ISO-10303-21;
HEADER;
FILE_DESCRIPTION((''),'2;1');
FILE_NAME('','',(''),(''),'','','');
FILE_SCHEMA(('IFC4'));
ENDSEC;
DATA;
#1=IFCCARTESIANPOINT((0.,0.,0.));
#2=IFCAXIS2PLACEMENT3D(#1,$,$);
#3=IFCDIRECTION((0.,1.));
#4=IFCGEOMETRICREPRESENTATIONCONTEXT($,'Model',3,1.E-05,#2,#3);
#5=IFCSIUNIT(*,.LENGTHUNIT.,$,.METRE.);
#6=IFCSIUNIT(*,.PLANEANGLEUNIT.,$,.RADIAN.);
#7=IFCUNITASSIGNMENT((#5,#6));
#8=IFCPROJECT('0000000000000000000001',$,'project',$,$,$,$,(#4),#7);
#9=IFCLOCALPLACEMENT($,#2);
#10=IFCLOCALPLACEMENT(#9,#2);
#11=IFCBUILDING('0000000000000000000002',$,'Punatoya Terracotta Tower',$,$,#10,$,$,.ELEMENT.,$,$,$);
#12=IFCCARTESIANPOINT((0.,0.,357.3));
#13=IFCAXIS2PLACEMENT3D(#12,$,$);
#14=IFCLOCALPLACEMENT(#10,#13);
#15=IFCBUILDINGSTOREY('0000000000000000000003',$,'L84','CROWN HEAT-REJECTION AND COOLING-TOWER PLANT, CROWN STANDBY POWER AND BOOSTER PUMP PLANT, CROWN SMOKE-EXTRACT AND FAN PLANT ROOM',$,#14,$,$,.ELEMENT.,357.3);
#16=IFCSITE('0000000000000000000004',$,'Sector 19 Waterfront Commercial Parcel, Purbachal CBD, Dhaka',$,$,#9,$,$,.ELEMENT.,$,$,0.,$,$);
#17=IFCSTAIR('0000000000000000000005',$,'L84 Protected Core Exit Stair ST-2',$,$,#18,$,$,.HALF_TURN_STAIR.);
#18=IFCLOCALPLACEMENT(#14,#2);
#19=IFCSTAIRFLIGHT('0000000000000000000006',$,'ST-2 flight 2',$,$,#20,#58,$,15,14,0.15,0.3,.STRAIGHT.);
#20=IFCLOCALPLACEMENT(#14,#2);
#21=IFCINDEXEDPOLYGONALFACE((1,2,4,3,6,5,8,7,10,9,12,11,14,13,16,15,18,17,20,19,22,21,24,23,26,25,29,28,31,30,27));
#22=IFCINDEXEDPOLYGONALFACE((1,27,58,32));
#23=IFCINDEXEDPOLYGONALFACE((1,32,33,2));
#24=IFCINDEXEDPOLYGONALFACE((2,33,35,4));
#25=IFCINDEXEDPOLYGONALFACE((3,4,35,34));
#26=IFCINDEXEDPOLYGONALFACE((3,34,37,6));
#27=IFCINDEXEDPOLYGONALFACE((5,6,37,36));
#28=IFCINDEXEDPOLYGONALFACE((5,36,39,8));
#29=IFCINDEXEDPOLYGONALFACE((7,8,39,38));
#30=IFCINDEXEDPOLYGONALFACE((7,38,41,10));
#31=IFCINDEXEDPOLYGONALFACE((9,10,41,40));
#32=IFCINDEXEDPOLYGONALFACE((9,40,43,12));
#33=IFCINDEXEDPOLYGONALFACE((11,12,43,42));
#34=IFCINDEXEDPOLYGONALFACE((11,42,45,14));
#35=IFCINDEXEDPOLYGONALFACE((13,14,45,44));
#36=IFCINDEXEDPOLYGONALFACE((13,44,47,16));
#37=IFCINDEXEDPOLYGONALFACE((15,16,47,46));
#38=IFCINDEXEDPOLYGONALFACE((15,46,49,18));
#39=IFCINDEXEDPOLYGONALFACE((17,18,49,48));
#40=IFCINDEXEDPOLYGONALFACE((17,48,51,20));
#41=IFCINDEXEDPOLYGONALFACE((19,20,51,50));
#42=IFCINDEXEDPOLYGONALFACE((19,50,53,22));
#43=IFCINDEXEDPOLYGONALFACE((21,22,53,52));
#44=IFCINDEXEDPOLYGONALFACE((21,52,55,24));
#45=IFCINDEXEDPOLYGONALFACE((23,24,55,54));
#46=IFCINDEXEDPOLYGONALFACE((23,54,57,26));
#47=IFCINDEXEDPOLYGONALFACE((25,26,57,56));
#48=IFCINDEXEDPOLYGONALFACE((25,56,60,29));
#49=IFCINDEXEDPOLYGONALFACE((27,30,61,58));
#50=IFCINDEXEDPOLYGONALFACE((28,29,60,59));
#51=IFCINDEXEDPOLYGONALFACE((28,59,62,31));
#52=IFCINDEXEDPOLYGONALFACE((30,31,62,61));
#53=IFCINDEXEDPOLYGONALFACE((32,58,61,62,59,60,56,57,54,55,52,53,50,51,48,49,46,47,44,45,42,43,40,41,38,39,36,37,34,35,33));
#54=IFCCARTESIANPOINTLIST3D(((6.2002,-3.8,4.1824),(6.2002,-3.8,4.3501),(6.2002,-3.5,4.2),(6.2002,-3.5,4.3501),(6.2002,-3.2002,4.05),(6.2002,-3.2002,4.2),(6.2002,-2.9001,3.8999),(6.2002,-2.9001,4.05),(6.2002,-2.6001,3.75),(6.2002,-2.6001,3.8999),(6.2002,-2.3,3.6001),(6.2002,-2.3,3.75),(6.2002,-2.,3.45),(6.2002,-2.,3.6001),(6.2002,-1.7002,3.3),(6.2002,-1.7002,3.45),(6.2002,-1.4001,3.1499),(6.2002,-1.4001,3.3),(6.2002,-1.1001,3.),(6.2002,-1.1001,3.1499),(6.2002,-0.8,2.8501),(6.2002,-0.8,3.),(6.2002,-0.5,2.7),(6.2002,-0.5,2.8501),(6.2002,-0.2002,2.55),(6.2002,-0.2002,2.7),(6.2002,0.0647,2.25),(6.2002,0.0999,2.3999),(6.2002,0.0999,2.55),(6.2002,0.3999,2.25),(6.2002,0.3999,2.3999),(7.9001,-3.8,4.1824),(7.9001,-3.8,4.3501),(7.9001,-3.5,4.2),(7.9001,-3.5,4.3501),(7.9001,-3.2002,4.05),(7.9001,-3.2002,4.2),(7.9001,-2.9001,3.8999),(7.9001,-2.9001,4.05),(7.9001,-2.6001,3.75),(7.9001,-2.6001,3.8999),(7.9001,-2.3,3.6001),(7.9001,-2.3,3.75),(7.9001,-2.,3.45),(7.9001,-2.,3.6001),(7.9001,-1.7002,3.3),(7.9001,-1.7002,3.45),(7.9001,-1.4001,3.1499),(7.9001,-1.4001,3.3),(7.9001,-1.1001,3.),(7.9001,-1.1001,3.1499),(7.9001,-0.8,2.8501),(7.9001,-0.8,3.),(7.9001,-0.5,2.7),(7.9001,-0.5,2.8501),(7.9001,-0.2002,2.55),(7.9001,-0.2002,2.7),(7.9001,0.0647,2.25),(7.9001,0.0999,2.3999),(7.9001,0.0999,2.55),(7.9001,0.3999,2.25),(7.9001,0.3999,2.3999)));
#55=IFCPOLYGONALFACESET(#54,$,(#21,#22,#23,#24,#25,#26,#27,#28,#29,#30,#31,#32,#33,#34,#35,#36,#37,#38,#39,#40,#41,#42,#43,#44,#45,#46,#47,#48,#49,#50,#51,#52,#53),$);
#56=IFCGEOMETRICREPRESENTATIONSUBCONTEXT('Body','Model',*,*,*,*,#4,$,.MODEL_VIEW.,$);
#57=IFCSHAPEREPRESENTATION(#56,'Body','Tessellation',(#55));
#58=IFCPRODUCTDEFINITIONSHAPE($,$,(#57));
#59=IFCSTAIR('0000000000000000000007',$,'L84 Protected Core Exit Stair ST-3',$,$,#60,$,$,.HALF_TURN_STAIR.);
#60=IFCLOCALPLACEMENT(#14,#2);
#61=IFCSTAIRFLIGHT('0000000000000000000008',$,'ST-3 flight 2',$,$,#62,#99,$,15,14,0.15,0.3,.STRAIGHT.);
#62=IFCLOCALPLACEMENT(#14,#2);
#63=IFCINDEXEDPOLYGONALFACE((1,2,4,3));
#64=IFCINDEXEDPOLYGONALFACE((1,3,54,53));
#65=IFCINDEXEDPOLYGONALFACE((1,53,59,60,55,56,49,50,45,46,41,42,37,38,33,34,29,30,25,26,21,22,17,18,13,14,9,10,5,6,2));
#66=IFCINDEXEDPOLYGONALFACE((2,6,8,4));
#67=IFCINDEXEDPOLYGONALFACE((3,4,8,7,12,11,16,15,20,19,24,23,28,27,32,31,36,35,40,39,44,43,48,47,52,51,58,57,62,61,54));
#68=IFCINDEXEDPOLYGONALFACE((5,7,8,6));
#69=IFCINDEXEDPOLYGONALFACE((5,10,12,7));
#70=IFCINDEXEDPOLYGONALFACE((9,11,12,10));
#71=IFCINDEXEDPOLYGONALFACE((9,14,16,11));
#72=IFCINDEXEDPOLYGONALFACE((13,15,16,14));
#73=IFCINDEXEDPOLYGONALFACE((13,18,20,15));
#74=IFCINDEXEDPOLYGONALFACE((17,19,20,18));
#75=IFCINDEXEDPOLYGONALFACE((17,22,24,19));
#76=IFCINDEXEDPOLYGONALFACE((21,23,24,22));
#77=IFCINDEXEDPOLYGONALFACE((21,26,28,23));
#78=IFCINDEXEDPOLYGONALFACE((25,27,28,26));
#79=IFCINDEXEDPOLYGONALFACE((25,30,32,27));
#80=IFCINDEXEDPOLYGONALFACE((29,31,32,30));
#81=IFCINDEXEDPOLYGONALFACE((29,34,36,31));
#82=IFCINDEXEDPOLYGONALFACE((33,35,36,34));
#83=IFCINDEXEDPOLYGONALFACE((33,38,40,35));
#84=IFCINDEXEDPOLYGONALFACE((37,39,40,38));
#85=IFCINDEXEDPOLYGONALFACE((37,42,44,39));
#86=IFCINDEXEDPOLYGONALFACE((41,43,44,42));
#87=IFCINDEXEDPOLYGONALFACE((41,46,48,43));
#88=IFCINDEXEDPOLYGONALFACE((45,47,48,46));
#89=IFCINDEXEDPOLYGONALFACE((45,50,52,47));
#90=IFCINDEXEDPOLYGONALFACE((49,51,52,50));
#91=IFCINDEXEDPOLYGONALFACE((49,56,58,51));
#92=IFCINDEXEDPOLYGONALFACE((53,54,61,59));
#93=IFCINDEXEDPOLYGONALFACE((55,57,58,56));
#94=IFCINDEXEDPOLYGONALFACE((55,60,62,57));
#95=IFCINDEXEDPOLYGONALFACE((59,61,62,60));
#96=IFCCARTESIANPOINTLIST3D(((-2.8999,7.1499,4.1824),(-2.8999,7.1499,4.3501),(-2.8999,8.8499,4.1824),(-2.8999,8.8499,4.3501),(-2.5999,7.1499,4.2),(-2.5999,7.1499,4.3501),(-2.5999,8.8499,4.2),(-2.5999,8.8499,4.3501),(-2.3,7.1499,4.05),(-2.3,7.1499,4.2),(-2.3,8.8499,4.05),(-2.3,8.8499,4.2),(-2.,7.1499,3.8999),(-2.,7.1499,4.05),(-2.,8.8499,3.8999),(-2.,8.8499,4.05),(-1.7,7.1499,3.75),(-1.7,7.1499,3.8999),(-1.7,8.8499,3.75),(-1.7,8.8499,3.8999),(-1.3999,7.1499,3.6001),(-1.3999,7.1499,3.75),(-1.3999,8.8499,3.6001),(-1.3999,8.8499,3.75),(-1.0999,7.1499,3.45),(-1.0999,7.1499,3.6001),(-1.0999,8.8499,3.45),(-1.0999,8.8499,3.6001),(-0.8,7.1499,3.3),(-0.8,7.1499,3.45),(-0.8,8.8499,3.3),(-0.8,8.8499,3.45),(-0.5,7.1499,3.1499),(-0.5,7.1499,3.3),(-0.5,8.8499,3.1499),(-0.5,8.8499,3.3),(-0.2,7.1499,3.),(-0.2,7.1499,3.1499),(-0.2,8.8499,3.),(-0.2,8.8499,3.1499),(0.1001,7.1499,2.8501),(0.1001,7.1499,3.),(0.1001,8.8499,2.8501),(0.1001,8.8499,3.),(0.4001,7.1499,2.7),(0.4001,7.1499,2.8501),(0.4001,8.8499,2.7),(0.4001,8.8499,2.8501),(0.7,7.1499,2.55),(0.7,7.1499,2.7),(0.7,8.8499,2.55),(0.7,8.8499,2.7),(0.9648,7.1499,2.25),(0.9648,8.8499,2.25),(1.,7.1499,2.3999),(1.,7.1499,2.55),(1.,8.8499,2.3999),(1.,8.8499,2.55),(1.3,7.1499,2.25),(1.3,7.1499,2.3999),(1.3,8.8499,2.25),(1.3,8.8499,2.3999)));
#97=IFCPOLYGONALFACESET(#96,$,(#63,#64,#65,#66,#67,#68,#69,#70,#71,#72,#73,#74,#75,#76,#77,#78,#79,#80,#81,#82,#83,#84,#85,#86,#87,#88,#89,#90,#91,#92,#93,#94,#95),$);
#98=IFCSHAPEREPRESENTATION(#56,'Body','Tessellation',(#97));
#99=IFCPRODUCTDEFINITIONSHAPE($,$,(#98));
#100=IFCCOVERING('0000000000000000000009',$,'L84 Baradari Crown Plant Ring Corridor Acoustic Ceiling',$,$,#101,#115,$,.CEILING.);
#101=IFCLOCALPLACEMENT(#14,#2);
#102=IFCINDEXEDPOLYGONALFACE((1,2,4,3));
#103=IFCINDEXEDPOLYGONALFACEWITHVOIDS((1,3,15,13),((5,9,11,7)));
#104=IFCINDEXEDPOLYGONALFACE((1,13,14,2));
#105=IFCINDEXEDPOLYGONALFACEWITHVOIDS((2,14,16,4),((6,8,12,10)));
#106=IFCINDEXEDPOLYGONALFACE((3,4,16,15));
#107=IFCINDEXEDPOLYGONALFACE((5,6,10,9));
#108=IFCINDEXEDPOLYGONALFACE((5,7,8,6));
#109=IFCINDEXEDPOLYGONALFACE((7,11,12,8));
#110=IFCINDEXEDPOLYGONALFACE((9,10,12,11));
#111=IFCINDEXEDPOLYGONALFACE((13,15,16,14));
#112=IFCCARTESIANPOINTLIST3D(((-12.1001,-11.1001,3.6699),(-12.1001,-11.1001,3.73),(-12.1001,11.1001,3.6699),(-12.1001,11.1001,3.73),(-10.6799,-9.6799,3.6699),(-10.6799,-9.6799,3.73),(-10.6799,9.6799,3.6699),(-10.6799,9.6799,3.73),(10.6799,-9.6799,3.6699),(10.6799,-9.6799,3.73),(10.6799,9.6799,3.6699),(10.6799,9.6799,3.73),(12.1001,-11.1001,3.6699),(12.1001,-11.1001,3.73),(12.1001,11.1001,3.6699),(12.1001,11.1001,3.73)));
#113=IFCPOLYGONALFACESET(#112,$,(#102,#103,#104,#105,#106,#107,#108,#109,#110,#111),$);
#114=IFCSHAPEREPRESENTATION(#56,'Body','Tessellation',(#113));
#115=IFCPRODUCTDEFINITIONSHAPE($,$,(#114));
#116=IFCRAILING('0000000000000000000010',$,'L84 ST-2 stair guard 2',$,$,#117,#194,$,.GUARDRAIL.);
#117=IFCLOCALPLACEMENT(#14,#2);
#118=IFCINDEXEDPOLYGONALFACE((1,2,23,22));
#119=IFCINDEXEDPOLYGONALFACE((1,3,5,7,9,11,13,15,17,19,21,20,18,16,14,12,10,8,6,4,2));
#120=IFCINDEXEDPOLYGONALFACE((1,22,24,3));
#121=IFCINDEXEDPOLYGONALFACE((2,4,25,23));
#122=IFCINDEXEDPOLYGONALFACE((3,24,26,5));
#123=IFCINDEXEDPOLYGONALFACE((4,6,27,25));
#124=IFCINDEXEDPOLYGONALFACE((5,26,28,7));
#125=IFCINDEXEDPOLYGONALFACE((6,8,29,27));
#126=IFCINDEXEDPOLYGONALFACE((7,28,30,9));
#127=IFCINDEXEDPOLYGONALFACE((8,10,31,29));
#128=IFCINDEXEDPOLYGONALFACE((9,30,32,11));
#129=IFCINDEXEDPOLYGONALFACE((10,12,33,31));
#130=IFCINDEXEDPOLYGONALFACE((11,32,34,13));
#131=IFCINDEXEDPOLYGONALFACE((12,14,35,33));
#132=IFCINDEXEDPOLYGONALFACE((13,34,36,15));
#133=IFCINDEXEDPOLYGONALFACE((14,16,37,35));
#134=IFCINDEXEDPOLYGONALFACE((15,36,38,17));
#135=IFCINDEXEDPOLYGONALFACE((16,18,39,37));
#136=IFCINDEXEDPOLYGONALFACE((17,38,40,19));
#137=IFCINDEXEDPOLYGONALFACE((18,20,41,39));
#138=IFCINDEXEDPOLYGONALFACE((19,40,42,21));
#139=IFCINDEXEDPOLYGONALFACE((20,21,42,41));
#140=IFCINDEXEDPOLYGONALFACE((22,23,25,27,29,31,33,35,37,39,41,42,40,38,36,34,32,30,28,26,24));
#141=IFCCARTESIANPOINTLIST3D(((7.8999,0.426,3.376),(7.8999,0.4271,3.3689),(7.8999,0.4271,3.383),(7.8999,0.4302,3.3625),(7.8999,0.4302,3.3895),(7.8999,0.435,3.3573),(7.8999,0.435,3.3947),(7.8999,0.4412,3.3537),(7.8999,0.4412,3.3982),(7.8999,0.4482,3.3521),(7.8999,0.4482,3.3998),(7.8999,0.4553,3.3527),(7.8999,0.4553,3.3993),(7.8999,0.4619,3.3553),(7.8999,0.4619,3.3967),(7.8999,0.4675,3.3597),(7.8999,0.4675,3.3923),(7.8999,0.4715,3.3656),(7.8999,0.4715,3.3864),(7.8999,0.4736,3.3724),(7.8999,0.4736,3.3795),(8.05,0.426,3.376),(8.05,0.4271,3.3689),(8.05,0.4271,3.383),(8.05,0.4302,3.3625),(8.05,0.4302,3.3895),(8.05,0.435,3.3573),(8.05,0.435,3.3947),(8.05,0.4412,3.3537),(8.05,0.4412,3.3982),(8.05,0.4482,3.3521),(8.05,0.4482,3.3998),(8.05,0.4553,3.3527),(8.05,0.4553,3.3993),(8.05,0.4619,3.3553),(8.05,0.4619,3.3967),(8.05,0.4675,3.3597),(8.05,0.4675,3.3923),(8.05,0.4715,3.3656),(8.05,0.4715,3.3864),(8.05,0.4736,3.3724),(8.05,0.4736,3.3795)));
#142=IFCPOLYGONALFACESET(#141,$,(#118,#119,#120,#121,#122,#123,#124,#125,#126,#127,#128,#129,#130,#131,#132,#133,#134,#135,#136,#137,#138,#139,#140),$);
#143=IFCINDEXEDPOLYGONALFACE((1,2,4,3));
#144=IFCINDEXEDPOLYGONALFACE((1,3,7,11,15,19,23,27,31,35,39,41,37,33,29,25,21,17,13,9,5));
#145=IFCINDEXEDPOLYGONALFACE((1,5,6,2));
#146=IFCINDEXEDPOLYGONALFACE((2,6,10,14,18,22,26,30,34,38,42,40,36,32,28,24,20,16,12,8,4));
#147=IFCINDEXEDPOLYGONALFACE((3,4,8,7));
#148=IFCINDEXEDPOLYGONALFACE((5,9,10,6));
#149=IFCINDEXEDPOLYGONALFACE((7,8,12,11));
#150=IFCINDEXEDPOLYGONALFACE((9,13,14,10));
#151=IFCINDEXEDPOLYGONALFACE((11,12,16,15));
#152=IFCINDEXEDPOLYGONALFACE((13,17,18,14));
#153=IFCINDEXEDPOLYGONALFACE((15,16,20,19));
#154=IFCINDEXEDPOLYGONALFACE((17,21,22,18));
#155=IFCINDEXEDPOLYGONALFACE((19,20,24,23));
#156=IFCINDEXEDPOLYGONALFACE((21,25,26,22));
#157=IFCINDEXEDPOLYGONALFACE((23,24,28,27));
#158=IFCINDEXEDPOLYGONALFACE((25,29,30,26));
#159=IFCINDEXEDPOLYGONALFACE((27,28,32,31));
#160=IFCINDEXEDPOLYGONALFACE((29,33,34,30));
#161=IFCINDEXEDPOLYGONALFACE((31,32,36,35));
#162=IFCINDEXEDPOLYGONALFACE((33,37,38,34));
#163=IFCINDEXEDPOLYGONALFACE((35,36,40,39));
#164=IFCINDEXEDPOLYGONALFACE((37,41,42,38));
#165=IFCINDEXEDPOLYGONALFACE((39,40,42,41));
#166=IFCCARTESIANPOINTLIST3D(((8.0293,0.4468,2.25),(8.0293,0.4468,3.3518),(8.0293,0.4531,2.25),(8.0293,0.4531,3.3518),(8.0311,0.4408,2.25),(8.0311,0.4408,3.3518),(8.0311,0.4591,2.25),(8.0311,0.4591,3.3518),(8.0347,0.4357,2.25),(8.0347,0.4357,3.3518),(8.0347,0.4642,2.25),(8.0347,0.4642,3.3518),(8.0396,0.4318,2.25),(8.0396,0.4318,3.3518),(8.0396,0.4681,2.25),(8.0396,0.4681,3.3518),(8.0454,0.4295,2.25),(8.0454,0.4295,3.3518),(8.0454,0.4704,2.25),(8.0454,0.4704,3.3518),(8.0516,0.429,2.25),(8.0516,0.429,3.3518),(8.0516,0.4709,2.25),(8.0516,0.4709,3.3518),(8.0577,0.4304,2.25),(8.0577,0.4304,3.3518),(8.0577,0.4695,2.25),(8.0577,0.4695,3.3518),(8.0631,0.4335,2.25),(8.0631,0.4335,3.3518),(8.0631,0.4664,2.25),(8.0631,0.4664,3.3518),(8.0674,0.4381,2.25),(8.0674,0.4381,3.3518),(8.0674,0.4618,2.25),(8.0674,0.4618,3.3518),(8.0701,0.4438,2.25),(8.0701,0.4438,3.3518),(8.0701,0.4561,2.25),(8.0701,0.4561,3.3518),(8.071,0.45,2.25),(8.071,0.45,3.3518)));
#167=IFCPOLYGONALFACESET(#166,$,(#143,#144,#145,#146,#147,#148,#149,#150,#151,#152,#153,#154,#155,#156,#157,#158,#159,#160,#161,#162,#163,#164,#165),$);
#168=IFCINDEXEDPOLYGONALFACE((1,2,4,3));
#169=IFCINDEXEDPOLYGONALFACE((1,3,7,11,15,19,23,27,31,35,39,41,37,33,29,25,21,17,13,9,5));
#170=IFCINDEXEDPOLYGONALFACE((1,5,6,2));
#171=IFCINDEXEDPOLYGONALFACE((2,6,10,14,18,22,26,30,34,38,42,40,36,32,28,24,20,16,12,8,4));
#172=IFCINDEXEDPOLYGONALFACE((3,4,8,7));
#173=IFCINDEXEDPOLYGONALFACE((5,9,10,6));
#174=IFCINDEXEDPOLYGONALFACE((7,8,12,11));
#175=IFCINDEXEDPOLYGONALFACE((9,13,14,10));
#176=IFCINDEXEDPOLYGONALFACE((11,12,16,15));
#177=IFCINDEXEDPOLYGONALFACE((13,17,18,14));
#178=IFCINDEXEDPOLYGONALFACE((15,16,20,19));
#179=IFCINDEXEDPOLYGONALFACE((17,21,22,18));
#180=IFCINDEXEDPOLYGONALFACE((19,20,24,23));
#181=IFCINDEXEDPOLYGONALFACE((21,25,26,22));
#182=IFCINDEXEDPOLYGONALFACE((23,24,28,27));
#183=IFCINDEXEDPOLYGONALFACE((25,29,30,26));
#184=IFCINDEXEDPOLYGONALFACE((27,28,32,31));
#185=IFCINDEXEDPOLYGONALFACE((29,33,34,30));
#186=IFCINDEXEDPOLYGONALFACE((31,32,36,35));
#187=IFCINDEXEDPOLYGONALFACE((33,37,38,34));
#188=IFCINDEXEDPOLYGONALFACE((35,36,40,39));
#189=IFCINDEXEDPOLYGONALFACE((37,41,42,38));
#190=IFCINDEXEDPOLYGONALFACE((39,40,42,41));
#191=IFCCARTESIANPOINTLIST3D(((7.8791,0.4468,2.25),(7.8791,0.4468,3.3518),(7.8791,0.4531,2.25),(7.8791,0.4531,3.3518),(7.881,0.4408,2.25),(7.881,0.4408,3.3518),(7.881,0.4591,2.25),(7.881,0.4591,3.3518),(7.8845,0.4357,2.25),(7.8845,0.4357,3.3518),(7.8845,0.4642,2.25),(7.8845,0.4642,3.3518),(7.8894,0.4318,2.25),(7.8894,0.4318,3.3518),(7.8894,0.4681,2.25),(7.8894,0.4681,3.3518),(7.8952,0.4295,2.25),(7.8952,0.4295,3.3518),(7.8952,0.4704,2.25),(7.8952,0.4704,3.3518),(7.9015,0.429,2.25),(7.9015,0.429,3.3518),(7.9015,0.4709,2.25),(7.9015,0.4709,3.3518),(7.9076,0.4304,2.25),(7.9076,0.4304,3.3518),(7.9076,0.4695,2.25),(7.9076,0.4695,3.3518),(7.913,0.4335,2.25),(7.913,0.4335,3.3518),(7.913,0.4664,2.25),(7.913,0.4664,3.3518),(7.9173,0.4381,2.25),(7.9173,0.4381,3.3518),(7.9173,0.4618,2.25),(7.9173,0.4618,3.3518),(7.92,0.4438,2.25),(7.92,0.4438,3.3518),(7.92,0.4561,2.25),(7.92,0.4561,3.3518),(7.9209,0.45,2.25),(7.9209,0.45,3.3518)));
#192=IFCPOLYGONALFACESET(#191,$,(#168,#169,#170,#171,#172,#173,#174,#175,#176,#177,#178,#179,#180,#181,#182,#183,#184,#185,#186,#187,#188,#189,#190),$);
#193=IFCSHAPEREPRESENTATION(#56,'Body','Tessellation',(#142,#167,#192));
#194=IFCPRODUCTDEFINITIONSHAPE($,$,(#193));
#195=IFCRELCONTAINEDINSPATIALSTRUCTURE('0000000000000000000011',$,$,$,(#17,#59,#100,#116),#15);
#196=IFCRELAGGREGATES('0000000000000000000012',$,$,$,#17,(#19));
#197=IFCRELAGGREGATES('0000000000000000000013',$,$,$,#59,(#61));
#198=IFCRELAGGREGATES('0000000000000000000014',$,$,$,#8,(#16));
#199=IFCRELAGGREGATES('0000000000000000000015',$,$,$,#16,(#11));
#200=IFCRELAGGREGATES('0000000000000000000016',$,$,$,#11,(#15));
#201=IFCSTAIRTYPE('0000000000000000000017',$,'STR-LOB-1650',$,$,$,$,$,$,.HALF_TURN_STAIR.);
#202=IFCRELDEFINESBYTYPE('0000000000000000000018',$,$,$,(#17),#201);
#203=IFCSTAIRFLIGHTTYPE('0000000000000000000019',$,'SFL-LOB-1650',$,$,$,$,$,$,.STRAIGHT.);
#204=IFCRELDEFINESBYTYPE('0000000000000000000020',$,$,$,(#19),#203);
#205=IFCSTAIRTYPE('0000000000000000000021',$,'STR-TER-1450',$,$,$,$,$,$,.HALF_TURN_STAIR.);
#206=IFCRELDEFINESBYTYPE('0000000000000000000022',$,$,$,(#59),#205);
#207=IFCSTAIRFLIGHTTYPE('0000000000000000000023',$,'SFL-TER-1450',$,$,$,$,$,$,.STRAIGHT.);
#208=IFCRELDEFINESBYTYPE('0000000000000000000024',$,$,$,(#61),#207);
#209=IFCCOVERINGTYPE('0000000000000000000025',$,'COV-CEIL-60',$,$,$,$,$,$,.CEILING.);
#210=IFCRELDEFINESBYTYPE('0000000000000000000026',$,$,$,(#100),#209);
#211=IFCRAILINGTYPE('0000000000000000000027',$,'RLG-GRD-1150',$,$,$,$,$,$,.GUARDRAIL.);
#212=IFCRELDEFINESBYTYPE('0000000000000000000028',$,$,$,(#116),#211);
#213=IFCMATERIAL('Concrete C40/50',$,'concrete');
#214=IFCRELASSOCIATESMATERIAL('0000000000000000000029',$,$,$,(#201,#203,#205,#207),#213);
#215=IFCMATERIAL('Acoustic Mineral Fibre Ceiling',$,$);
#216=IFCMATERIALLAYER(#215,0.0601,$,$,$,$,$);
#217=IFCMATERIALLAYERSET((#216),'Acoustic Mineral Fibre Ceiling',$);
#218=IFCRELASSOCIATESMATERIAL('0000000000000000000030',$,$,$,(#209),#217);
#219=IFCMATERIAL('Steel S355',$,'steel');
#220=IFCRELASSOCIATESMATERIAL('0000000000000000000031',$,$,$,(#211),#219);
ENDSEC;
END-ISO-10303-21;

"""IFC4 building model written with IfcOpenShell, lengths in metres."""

from ifc_helpers import new_model, si_unit, direction, frame, origin, origin_2d, place, context, subcontext, project, spatial, polyline, circle, outline, extrude, material, layer, layer_set, type_object, element, aggregate, save


model = new_model("IFC4")

# Units and contexts
model_context = context("Model", 3, precision=1e-05, world=origin(), true_north=direction((0.0, 1.0)))
body_context = subcontext(model_context, "Body", "Model", "MODEL_VIEW")
ifc_project = project(units=[si_unit("LENGTHUNIT", "METRE"), si_unit("PLANEANGLEUNIT", "RADIAN")], contexts=[model_context])

# Site, building, storey
site_placement = place(None, origin())
site = spatial("IfcSite", under=ifc_project, at=site_placement, Name="Sector 19 Waterfront Commercial Parcel, Purbachal CBD, Dhaka", CompositionType="ELEMENT", RefElevation=0.0)
building_placement = place(site_placement, origin())
building = spatial("IfcBuilding", under=site, at=building_placement, Name="Punatoya Terracotta Tower", CompositionType="ELEMENT")
storey_placement = place(building_placement, frame((0.0, 0.0, 357.3)))
storey = spatial("IfcBuildingStorey", under=building, at=storey_placement, Name="L84", Description="CROWN HEAT-REJECTION AND COOLING-TOWER PLANT, CROWN STANDBY POWER AND BOOSTER PUMP PLANT, CROWN SMOKE-EXTRACT AND FAN PLANT ROOM", CompositionType="ELEMENT", Elevation=357.3)

# Shared definitions
ifc_material_1 = material(Name="Steel S355", Category="steel")

# Shared definitions
ifc_material_2 = material(Name="Concrete C40/50", Category="concrete")

# Stairs, stair flights
stair_type_1 = type_object("IfcStairType", Name="STR-LOB-1650", PredefinedType="HALF_TURN_STAIR", material=ifc_material_2)
stair_1_placement = place(storey_placement, origin())
stair_1 = element("IfcStair", 1, at=stair_1_placement, inside=storey, type_object=stair_type_1, Name="L84 Protected Core Exit Stair ST-2", PredefinedType="HALF_TURN_STAIR")
stair_flight_type_1 = type_object("IfcStairFlightType", Name="SFL-LOB-1650", PredefinedType="STRAIGHT", material=ifc_material_2)
stair_flight_1_placement = place(storey_placement, frame((7.05, 0.3999, 2.25), z_axis=(0.0, 0.0, 1.0), x_axis=(0.0, -1.0, 0.0)))
stair_flight_1 = element("IfcStairFlight", 2, at=stair_flight_1_placement, type_object=stair_flight_type_1, Name="ST-2 flight 2", NumberOfRisers=15, NumberOfTreads=14, PredefinedType="STRAIGHT", RiserHeight=0.15, TreadLength=0.3, context=body_context, shape_type="SweptSolid", body=[
    extrude(outline(polyline([(0.0, 0.0), (0.0, 0.1499), (0.3, 0.1499), (0.3, 0.3), (0.6001, 0.3), (0.6001, 0.45), (0.8999, 0.45), (0.8999, 0.6001), (1.2, 0.6001), (1.2, 0.75), (1.5, 0.75), (1.5, 0.8999), (1.8, 0.8999), (1.8, 1.05), (2.1001, 1.05), (2.1001, 1.2), (2.3999, 1.2), (2.3999, 1.3501), (2.7, 1.3501), (2.7, 1.5), (3.0, 1.5), (3.0, 1.6499), (3.3, 1.6499), (3.3, 1.8), (3.6001, 1.8), (3.6001, 1.95), (3.8999, 1.95), (3.8999, 2.1001), (4.2, 2.1001), (4.2, 2.25), (4.2, 1.9324), (0.3352, 0.0), (0.0, 0.0)])), frame((0.0, 0.8501, 0.0), z_axis=(0.0, -1.0, 0.0), x_axis=(1.0, 0.0, 0.0)), (0.0, 0.0, 1.0), 1.7),
])
aggregate(stair_1, [stair_flight_1])
stair_type_2 = type_object("IfcStairType", Name="STR-TER-1450", PredefinedType="HALF_TURN_STAIR", material=ifc_material_2)
stair_2_placement = place(storey_placement, origin())
stair_2 = element("IfcStair", 3, at=stair_2_placement, inside=storey, type_object=stair_type_2, Name="L84 Protected Core Exit Stair ST-3", PredefinedType="HALF_TURN_STAIR")
stair_flight_type_2 = type_object("IfcStairFlightType", Name="SFL-TER-1450", PredefinedType="STRAIGHT", material=ifc_material_2)
stair_flight_2_placement = place(storey_placement, frame((1.3, 8.0, 2.25), z_axis=(0.0, 0.0, 1.0), x_axis=(-1.0, 0.0, 0.0)))
stair_flight_2 = element("IfcStairFlight", 4, at=stair_flight_2_placement, type_object=stair_flight_type_2, Name="ST-3 flight 2", NumberOfRisers=15, NumberOfTreads=14, PredefinedType="STRAIGHT", RiserHeight=0.15, TreadLength=0.3, context=body_context, shape_type="SweptSolid", body=[
    extrude(outline(polyline([(0.0, 0.0), (0.0, 0.1499), (0.3, 0.1499), (0.3, 0.3), (0.6001, 0.3), (0.6001, 0.45), (0.8999, 0.45), (0.8999, 0.6001), (1.2, 0.6001), (1.2, 0.75), (1.5, 0.75), (1.5, 0.8999), (1.8, 0.8999), (1.8, 1.05), (2.1001, 1.05), (2.1001, 1.2), (2.3999, 1.2), (2.3999, 1.3501), (2.7, 1.3501), (2.7, 1.5), (3.0, 1.5), (3.0, 1.6499), (3.3, 1.6499), (3.3, 1.8), (3.6001, 1.8), (3.6001, 1.95), (3.8999, 1.95), (3.8999, 2.1001), (4.2, 2.1001), (4.2, 2.25), (4.2, 1.9324), (0.3352, 0.0), (0.0, 0.0)])), frame((0.0, 0.8501, 0.0), z_axis=(0.0, -1.0, 0.0), x_axis=(1.0, 0.0, 0.0)), (0.0, 0.0, 1.0), 1.7),
])
aggregate(stair_2, [stair_flight_2])

# Covering
ifc_material_3 = material(Name="Acoustic Mineral Fibre Ceiling")
ifc_layer_1 = layer(ifc_material_3, 0.0601)
ifc_layer_set_1 = layer_set([ifc_layer_1], Name="Acoustic Mineral Fibre Ceiling")
covering_type = type_object("IfcCoveringType", Name="COV-CEIL-60", PredefinedType="CEILING", material=ifc_layer_set_1)
covering_placement = place(storey_placement, frame((0.0, 0.0, 3.6699)))
element("IfcCovering", 5, at=covering_placement, inside=storey, type_object=covering_type, Name="L84 Baradari Crown Plant Ring Corridor Acoustic Ceiling", PredefinedType="CEILING", context=body_context, shape_type="SweptSolid", body=[
    extrude(outline(polyline([(-12.1001, 11.1001), (-12.1001, -11.1001), (12.1001, -11.1001), (12.1001, 11.1001), (-12.1001, 11.1001)]), holes=[polyline([(-10.6799, 9.6799), (10.6799, 9.6799), (10.6799, -9.6799), (-10.6799, -9.6799), (-10.6799, 9.6799)])]), origin(), (0.0, 0.0, 1.0), 0.0601),
])

# Railing
railing_type_1 = type_object("IfcRailingType", Name="RLG-GRD-1150", PredefinedType="GUARDRAIL", material=ifc_material_1)
railing_1_placement = place(storey_placement, frame((8.05, 0.45, 2.25)))
element("IfcRailing", 6, at=railing_1_placement, inside=storey, type_object=railing_type_1, Name="L84 ST-2 stair guard 2", PredefinedType="GUARDRAIL", context=body_context, shape_type="SweptSolid", body=[
    extrude(circle(Radius=0.0239, at=origin_2d()), frame((0.0, 0.0, 1.126), z_axis=(-1.0, 0.0, 0.0), x_axis=(0.0, -1.0, 0.0)), (0.0, 0.0, 1.0), 0.1501),
    extrude(circle(Radius=0.021, at=origin_2d()), origin(), (0.0, 0.0, 1.0), 1.1018),
    extrude(circle(Radius=0.021, at=origin_2d()), frame((-0.1501, 0.0, 0.0)), (0.0, 0.0, 1.0), 1.1018),
])

save(model, "model.ifc")
